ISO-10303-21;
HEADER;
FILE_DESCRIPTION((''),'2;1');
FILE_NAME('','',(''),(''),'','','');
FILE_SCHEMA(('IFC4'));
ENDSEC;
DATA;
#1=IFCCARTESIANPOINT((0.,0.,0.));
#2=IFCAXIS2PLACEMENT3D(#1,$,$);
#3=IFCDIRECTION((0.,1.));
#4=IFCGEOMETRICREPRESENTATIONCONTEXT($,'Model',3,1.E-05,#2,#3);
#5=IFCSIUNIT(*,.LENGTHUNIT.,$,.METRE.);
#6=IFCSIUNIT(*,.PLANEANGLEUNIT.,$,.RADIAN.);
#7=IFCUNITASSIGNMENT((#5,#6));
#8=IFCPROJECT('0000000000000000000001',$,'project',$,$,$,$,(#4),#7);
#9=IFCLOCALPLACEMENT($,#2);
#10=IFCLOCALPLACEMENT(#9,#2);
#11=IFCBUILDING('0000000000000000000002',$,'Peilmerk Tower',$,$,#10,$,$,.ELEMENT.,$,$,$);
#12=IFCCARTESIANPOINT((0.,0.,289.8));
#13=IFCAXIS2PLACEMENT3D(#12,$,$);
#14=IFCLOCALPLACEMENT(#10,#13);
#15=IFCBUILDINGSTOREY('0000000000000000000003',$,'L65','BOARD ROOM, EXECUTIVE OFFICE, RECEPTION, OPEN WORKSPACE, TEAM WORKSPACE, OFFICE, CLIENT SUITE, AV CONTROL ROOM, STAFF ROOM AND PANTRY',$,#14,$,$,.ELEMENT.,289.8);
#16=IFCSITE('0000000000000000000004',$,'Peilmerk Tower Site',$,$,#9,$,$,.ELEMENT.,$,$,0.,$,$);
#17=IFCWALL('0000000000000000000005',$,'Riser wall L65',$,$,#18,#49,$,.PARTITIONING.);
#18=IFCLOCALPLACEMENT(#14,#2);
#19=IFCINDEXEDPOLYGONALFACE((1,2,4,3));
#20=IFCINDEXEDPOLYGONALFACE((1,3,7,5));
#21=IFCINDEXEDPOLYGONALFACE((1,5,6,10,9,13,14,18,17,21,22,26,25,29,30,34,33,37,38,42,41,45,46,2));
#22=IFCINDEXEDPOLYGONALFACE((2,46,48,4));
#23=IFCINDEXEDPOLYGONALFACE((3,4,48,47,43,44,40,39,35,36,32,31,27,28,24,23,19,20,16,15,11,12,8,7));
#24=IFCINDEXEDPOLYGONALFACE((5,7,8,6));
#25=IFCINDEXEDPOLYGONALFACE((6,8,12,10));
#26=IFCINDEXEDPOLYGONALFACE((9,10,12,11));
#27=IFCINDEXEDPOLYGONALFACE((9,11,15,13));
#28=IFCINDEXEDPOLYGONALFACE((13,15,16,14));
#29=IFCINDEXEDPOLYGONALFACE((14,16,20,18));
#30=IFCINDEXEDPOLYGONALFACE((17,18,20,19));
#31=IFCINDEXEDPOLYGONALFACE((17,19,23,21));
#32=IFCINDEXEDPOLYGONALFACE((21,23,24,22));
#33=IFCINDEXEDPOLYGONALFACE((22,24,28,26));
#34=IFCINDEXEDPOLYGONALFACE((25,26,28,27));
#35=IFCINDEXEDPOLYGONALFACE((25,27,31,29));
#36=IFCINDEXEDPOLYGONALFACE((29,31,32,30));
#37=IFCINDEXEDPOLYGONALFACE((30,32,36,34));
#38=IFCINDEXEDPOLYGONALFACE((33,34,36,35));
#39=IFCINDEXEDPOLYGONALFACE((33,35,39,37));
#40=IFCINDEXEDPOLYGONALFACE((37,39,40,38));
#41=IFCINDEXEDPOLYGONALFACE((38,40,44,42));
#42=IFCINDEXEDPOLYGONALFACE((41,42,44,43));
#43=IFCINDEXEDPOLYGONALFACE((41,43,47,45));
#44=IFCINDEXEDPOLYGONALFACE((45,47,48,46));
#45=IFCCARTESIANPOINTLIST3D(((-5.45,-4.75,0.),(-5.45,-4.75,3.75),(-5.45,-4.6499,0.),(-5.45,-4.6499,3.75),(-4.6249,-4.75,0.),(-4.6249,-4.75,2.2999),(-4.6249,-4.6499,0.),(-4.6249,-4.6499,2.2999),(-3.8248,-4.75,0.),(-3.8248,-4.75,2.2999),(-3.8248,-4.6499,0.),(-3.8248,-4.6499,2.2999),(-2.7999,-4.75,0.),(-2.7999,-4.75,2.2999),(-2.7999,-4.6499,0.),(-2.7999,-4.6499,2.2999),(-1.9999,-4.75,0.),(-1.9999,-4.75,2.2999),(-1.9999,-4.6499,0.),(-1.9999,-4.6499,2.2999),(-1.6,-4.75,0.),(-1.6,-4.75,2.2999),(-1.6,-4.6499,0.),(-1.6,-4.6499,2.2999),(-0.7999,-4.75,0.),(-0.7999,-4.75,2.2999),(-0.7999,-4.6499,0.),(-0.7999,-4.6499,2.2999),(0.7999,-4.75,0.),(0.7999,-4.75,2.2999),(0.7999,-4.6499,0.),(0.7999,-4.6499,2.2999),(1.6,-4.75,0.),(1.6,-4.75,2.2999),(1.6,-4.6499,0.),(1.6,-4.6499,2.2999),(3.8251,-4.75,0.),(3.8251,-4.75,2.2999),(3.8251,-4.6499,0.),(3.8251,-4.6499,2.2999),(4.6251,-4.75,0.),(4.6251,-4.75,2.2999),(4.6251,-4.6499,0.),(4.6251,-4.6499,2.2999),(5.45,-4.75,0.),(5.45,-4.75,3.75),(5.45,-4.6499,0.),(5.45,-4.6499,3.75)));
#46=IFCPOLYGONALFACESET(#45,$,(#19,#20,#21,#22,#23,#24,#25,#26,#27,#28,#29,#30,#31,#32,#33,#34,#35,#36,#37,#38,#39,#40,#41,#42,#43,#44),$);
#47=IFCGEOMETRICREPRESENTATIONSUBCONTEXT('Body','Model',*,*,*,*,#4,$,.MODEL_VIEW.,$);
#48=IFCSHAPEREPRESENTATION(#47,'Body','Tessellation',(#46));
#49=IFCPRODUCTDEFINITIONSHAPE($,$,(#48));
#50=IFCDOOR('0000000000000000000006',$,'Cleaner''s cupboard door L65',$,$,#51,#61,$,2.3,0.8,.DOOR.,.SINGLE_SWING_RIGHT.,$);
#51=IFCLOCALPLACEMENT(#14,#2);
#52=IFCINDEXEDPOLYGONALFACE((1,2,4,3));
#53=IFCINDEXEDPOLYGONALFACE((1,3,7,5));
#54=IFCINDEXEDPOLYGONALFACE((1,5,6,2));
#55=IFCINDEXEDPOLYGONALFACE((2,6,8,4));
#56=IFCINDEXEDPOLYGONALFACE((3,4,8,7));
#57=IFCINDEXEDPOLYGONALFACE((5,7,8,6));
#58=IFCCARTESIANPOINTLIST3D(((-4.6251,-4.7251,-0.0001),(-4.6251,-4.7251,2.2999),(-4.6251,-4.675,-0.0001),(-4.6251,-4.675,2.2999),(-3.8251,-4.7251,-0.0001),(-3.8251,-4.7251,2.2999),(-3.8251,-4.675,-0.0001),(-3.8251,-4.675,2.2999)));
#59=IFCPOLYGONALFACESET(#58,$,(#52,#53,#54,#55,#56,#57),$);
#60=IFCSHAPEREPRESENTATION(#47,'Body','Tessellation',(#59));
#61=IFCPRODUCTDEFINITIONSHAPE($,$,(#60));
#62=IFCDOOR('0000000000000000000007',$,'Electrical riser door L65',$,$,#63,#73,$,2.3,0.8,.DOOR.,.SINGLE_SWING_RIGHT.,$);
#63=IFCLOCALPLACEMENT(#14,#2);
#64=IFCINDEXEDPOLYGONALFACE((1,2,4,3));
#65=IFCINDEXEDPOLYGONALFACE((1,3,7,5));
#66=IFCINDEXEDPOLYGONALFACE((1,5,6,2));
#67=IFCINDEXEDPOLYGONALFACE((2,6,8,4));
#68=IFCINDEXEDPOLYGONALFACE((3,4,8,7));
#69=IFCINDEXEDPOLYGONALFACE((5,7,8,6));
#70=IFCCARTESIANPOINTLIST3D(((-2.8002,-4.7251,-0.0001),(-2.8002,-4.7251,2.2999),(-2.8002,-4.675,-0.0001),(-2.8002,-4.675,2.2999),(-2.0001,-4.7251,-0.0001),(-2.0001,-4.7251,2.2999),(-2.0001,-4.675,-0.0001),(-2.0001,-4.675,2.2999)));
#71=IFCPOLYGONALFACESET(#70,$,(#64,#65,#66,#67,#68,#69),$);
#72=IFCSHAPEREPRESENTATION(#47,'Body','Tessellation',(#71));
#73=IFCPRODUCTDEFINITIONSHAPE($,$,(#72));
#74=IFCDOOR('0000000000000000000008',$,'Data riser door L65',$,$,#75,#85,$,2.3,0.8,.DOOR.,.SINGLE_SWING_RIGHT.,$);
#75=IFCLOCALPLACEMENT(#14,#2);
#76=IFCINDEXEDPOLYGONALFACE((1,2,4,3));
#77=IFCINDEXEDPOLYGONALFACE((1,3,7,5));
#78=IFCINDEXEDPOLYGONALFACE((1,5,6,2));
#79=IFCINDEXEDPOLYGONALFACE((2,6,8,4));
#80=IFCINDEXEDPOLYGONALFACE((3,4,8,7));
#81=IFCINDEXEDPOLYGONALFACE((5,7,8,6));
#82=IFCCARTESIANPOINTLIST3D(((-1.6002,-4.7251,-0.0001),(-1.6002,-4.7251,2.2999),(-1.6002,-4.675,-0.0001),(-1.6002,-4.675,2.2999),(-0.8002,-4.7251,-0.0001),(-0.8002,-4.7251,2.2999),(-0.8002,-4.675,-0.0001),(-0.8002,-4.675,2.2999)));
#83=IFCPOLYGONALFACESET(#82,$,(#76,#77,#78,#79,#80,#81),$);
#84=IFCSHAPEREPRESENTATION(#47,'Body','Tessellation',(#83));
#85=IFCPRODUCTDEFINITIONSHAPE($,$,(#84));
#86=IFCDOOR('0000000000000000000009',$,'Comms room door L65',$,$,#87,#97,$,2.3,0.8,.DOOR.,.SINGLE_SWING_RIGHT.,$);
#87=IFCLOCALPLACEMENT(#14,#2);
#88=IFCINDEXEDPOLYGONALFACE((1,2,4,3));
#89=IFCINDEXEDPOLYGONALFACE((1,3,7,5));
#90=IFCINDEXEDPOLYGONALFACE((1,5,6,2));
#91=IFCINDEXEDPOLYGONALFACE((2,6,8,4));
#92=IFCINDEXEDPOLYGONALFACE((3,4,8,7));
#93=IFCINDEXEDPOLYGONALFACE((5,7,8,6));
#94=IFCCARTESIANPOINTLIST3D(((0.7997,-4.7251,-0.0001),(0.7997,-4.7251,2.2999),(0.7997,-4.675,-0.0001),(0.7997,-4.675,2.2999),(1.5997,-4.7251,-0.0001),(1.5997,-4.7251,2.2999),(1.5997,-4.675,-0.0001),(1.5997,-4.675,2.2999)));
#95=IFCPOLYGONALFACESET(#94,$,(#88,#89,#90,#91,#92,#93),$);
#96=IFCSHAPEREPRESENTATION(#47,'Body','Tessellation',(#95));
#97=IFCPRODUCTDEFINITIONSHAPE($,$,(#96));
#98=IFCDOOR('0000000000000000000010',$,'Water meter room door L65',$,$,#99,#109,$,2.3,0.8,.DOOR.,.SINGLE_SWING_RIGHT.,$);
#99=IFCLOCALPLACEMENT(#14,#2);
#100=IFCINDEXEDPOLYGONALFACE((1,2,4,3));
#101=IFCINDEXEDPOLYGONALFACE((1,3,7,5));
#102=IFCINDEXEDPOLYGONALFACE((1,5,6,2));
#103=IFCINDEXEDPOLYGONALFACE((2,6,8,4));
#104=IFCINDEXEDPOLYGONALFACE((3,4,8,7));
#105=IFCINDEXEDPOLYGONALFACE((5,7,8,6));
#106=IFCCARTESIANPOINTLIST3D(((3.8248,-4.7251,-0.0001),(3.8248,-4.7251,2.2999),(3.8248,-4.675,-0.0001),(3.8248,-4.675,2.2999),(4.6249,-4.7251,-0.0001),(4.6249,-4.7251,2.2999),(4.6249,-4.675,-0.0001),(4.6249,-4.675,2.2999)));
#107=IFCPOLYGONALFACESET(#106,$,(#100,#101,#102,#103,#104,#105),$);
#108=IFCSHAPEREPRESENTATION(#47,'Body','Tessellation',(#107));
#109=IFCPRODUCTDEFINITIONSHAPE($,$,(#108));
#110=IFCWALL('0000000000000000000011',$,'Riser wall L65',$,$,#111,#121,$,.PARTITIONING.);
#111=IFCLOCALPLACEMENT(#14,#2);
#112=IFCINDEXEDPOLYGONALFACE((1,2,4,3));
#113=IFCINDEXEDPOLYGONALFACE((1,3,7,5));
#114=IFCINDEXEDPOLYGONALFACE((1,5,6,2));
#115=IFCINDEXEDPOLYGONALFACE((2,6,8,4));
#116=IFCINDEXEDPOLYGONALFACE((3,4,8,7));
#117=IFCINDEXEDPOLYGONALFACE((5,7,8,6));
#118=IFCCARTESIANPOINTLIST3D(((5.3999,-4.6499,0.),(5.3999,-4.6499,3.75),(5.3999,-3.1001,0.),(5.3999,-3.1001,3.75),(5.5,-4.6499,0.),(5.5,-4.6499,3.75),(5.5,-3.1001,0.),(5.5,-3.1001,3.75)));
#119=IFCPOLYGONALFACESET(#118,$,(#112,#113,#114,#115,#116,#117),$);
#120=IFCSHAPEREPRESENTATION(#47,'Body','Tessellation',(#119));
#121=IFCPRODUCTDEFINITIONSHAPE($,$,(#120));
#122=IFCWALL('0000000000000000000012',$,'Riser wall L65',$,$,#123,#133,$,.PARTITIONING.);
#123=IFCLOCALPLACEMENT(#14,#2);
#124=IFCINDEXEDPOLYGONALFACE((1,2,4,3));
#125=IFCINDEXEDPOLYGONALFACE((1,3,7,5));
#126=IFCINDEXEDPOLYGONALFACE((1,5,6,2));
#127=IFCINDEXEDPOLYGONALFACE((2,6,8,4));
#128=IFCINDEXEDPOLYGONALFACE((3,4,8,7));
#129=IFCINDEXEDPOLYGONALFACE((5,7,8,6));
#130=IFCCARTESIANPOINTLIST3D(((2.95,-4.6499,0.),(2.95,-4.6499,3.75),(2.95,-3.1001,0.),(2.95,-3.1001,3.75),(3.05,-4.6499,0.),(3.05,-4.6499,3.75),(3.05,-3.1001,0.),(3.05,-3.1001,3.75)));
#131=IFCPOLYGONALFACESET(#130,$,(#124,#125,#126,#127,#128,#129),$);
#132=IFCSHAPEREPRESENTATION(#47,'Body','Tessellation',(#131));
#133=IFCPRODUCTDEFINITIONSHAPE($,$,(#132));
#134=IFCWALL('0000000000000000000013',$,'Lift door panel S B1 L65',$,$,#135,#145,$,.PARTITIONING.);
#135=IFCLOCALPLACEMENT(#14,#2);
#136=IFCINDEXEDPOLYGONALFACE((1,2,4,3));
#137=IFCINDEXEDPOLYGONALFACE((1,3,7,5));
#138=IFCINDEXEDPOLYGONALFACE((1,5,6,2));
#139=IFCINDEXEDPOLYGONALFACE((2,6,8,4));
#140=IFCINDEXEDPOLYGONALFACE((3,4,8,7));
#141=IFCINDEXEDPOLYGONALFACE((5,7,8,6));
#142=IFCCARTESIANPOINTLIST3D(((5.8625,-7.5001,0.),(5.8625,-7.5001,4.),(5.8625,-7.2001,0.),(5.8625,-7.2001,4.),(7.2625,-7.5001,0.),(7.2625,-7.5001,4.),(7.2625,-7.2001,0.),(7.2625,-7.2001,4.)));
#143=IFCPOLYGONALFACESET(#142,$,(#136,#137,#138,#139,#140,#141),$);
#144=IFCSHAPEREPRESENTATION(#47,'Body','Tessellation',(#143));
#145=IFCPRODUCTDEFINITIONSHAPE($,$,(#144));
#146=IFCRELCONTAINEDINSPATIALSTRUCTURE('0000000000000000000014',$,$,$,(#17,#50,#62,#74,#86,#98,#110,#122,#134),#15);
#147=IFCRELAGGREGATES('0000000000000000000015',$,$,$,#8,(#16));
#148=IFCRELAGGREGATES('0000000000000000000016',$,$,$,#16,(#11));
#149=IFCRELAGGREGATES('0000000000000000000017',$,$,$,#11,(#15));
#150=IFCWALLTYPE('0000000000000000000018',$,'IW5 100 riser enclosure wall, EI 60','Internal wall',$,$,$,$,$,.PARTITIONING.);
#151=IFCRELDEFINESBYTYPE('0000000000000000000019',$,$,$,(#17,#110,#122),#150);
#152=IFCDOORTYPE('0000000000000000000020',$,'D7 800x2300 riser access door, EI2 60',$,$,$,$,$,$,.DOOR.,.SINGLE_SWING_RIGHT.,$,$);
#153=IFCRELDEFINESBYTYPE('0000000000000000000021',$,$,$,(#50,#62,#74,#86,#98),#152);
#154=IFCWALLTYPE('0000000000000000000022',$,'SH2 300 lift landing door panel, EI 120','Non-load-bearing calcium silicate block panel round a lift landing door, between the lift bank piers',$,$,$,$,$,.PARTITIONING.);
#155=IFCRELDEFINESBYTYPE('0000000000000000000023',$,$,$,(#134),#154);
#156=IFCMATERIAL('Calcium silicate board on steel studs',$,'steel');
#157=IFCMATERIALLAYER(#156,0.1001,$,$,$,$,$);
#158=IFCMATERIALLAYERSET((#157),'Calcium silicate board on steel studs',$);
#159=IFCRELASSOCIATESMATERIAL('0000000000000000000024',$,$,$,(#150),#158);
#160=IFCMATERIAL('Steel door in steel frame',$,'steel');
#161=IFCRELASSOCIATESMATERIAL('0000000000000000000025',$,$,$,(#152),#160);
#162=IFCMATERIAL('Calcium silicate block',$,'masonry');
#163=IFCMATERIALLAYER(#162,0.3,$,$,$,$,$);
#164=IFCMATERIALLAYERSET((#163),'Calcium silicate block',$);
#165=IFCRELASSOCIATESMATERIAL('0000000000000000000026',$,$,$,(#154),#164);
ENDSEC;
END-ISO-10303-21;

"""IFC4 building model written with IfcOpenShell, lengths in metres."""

from ifc_helpers import new_model, si_unit, direction, frame, frame_2d, origin, place, context, subcontext, project, spatial, rectangle, extrude, material, layer, layer_set, type_object, element, fill, save


model = new_model("IFC4")

# Units and contexts
model_context = context("Model", 3, precision=1e-05, world=origin(), true_north=direction((0.0, 1.0)))
body_context = subcontext(model_context, "Body", "Model", "MODEL_VIEW")
ifc_project = project(units=[si_unit("LENGTHUNIT", "METRE"), si_unit("PLANEANGLEUNIT", "RADIAN")], contexts=[model_context])

# Site, building, storey
site_placement = place(None, origin())
site = spatial("IfcSite", under=ifc_project, at=site_placement, Name="Peilmerk Tower Site", CompositionType="ELEMENT", RefElevation=0.0)
building_placement = place(site_placement, origin())
building = spatial("IfcBuilding", under=site, at=building_placement, Name="Peilmerk Tower", CompositionType="ELEMENT")
storey_placement = place(building_placement, frame((0.0, 0.0, 289.8)))
storey = spatial("IfcBuildingStorey", under=building, at=storey_placement, Name="L65", Description="BOARD ROOM, EXECUTIVE OFFICE, RECEPTION, OPEN WORKSPACE, TEAM WORKSPACE, OFFICE, CLIENT SUITE, AV CONTROL ROOM, STAFF ROOM AND PANTRY", CompositionType="ELEMENT", Elevation=289.8)

# Shared definitions
ifc_material_1 = material(Name="Steel door in steel frame", Category="steel")

# Shared definitions
ifc_material_2 = material(Name="Calcium silicate board on steel studs", Category="steel")
ifc_layer_1 = layer(ifc_material_2, 0.1001)
ifc_layer_set_1 = layer_set([ifc_layer_1], Name="Calcium silicate board on steel studs")
wall_type_1 = type_object("IfcWallType", Name="IW5 100 riser enclosure wall, EI 60", Description="Internal wall", PredefinedType="PARTITIONING", material=ifc_layer_set_1)

# Wall, openings, doors
wall_1_placement = place(storey_placement, frame((5.45, -4.7, 0.0), z_axis=(0.0, 0.0, 1.0), x_axis=(-1.0, 0.0, 0.0)))
wall_1 = element("IfcWall", 1, at=wall_1_placement, inside=storey, type_object=wall_type_1, Name="Riser wall L65", PredefinedType="PARTITIONING", context=body_context, shape_type="SweptSolid", body=[
    extrude(rectangle(XDim=10.8999, YDim=0.1001, at=frame_2d((5.45, 0.0))), origin(), (0.0, 0.0, 1.0), 3.75),
])
opening_1_placement = place(wall_1_placement, frame((9.2749, 0.0, 0.0)))
opening_1 = element("IfcOpeningElement", 2, at=opening_1_placement, cuts=wall_1, PredefinedType="OPENING", context=body_context, shape_type="SweptSolid", body=[
    extrude(rectangle(XDim=0.8, YDim=2.3, at=frame_2d((0.3999, 1.1499))), frame((0.0, 0.0601, 0.0), z_axis=(0.0, -1.0, 0.0), x_axis=(1.0, 0.0, 0.0)), (0.0, 0.0, 1.0), 0.1201),
])
opening_2_placement = place(wall_1_placement, frame((7.45, 0.0, 0.0)))
opening_2 = element("IfcOpeningElement", 3, at=opening_2_placement, cuts=wall_1, PredefinedType="OPENING", context=body_context, shape_type="SweptSolid", body=[
    extrude(rectangle(XDim=0.8, YDim=2.3, at=frame_2d((0.3999, 1.1499))), frame((0.0, 0.0601, 0.0), z_axis=(0.0, -1.0, 0.0), x_axis=(1.0, 0.0, 0.0)), (0.0, 0.0, 1.0), 0.1201),
])
opening_3_placement = place(wall_1_placement, frame((6.25, 0.0, 0.0)))
opening_3 = element("IfcOpeningElement", 4, at=opening_3_placement, cuts=wall_1, PredefinedType="OPENING", context=body_context, shape_type="SweptSolid", body=[
    extrude(rectangle(XDim=0.8, YDim=2.3, at=frame_2d((0.3999, 1.1499))), frame((0.0, 0.0601, 0.0), z_axis=(0.0, -1.0, 0.0), x_axis=(1.0, 0.0, 0.0)), (0.0, 0.0, 1.0), 0.1201),
])
opening_4_placement = place(wall_1_placement, frame((3.8501, 0.0, 0.0)))
opening_4 = element("IfcOpeningElement", 5, at=opening_4_placement, cuts=wall_1, PredefinedType="OPENING", context=body_context, shape_type="SweptSolid", body=[
    extrude(rectangle(XDim=0.8, YDim=2.3, at=frame_2d((0.3999, 1.1499))), frame((0.0, 0.0601, 0.0), z_axis=(0.0, -1.0, 0.0), x_axis=(1.0, 0.0, 0.0)), (0.0, 0.0, 1.0), 0.1201),
])
opening_5_placement = place(wall_1_placement, frame((0.825, 0.0, 0.0)))
opening_5 = element("IfcOpeningElement", 6, at=opening_5_placement, cuts=wall_1, PredefinedType="OPENING", context=body_context, shape_type="SweptSolid", body=[
    extrude(rectangle(XDim=0.8, YDim=2.3, at=frame_2d((0.3999, 1.1499))), frame((0.0, 0.0601, 0.0), z_axis=(0.0, -1.0, 0.0), x_axis=(1.0, 0.0, 0.0)), (0.0, 0.0, 1.0), 0.1201),
])
door_type_1 = type_object("IfcDoorType", Name="D7 800x2300 riser access door, EI2 60", OperationType="SINGLE_SWING_RIGHT", PredefinedType="DOOR", material=ifc_material_1)
door_1_placement = place(opening_1_placement, frame((0.8, 0.0, 0.0), z_axis=(0.0, 0.0, 1.0), x_axis=(-1.0, 0.0, 0.0)))
door_1 = element("IfcDoor", 7, at=door_1_placement, inside=storey, type_object=door_type_1, Name="Cleaner's cupboard door L65", OperationType="SINGLE_SWING_RIGHT", OverallHeight=2.3, OverallWidth=0.8, PredefinedType="DOOR", context=body_context, shape_type="SweptSolid", body=[
    extrude(rectangle(XDim=0.8, YDim=2.3, at=frame_2d((0.3999, 1.1499))), frame((0.0, 0.0249, 0.0), z_axis=(0.0, -1.0, 0.0), x_axis=(1.0, 0.0, 0.0)), (0.0, 0.0, 1.0), 0.05),
])
fill(opening_1, door_1)
door_2_placement = place(opening_2_placement, frame((0.8, 0.0, 0.0), z_axis=(0.0, 0.0, 1.0), x_axis=(-1.0, 0.0, 0.0)))
door_2 = element("IfcDoor", 8, at=door_2_placement, inside=storey, type_object=door_type_1, Name="Electrical riser door L65", OperationType="SINGLE_SWING_RIGHT", OverallHeight=2.3, OverallWidth=0.8, PredefinedType="DOOR", context=body_context, shape_type="SweptSolid", body=[
    extrude(rectangle(XDim=0.8, YDim=2.3, at=frame_2d((0.3999, 1.1499))), frame((0.0, 0.0249, 0.0), z_axis=(0.0, -1.0, 0.0), x_axis=(1.0, 0.0, 0.0)), (0.0, 0.0, 1.0), 0.05),
])
fill(opening_2, door_2)
door_3_placement = place(opening_3_placement, frame((0.8, 0.0, 0.0), z_axis=(0.0, 0.0, 1.0), x_axis=(-1.0, 0.0, 0.0)))
door_3 = element("IfcDoor", 9, at=door_3_placement, inside=storey, type_object=door_type_1, Name="Data riser door L65", OperationType="SINGLE_SWING_RIGHT", OverallHeight=2.3, OverallWidth=0.8, PredefinedType="DOOR", context=body_context, shape_type="SweptSolid", body=[
    extrude(rectangle(XDim=0.8, YDim=2.3, at=frame_2d((0.3999, 1.1499))), frame((0.0, 0.0249, 0.0), z_axis=(0.0, -1.0, 0.0), x_axis=(1.0, 0.0, 0.0)), (0.0, 0.0, 1.0), 0.05),
])
fill(opening_3, door_3)
door_4_placement = place(opening_4_placement, frame((0.8, 0.0, 0.0), z_axis=(0.0, 0.0, 1.0), x_axis=(-1.0, 0.0, 0.0)))
door_4 = element("IfcDoor", 10, at=door_4_placement, inside=storey, type_object=door_type_1, Name="Comms room door L65", OperationType="SINGLE_SWING_RIGHT", OverallHeight=2.3, OverallWidth=0.8, PredefinedType="DOOR", context=body_context, shape_type="SweptSolid", body=[
    extrude(rectangle(XDim=0.8, YDim=2.3, at=frame_2d((0.3999, 1.1499))), frame((0.0, 0.0249, 0.0), z_axis=(0.0, -1.0, 0.0), x_axis=(1.0, 0.0, 0.0)), (0.0, 0.0, 1.0), 0.05),
])
fill(opening_4, door_4)
door_5_placement = place(opening_5_placement, frame((0.8, 0.0, 0.0), z_axis=(0.0, 0.0, 1.0), x_axis=(-1.0, 0.0, 0.0)))
door_5 = element("IfcDoor", 11, at=door_5_placement, inside=storey, type_object=door_type_1, Name="Water meter room door L65", OperationType="SINGLE_SWING_RIGHT", OverallHeight=2.3, OverallWidth=0.8, PredefinedType="DOOR", context=body_context, shape_type="SweptSolid", body=[
    extrude(rectangle(XDim=0.8, YDim=2.3, at=frame_2d((0.3999, 1.1499))), frame((0.0, 0.0249, 0.0), z_axis=(0.0, -1.0, 0.0), x_axis=(1.0, 0.0, 0.0)), (0.0, 0.0, 1.0), 0.05),
])
fill(opening_5, door_5)

# Walls
for number, where, z_axis, x_axis, name in (
    (12, (5.45, -3.1001, 0.0), (0.0, 0.0, 1.0), (0.0, -1.0, 0.0), "Riser wall L65"),
    (13, (3.0, -3.1001, 0.0), (0.0, 0.0, 1.0), (0.0, -1.0, 0.0), "Riser wall L65"),
):
    element("IfcWall", number, at=place(storey_placement, frame(where, z_axis=z_axis, x_axis=x_axis)), inside=storey, type_object=wall_type_1, Name=name, PredefinedType="PARTITIONING", context=body_context, shape_type="SweptSolid", body=[
        extrude(rectangle(XDim=1.5498, YDim=0.1001, at=frame_2d((0.7749, 0.0))), origin(), (0.0, 0.0, 1.0), 3.75),
    ])
ifc_material_3 = material(Name="Calcium silicate block", Category="masonry")
ifc_layer_2 = layer(ifc_material_3, 0.3)
ifc_layer_set_2 = layer_set([ifc_layer_2], Name="Calcium silicate block")
wall_type_2 = type_object("IfcWallType", Name="SH2 300 lift landing door panel, EI 120", Description="Non-load-bearing calcium silicate block panel round a lift landing door, between the lift bank piers", PredefinedType="PARTITIONING", material=ifc_layer_set_2)
wall_2_placement = place(storey_placement, frame((5.8625, -7.3501, 0.0), z_axis=(0.0, 0.0, 1.0), x_axis=(1.0, 0.0, 0.0)))
element("IfcWall", 14, at=wall_2_placement, inside=storey, type_object=wall_type_2, Name="Lift door panel S B1 L65", PredefinedType="PARTITIONING", context=body_context, shape_type="SweptSolid", body=[
    extrude(rectangle(XDim=1.3999, YDim=0.3, at=frame_2d((0.7, 0.0))), origin(), (0.0, 0.0, 1.0), 4.0),
])

save(model, "model.ifc")
